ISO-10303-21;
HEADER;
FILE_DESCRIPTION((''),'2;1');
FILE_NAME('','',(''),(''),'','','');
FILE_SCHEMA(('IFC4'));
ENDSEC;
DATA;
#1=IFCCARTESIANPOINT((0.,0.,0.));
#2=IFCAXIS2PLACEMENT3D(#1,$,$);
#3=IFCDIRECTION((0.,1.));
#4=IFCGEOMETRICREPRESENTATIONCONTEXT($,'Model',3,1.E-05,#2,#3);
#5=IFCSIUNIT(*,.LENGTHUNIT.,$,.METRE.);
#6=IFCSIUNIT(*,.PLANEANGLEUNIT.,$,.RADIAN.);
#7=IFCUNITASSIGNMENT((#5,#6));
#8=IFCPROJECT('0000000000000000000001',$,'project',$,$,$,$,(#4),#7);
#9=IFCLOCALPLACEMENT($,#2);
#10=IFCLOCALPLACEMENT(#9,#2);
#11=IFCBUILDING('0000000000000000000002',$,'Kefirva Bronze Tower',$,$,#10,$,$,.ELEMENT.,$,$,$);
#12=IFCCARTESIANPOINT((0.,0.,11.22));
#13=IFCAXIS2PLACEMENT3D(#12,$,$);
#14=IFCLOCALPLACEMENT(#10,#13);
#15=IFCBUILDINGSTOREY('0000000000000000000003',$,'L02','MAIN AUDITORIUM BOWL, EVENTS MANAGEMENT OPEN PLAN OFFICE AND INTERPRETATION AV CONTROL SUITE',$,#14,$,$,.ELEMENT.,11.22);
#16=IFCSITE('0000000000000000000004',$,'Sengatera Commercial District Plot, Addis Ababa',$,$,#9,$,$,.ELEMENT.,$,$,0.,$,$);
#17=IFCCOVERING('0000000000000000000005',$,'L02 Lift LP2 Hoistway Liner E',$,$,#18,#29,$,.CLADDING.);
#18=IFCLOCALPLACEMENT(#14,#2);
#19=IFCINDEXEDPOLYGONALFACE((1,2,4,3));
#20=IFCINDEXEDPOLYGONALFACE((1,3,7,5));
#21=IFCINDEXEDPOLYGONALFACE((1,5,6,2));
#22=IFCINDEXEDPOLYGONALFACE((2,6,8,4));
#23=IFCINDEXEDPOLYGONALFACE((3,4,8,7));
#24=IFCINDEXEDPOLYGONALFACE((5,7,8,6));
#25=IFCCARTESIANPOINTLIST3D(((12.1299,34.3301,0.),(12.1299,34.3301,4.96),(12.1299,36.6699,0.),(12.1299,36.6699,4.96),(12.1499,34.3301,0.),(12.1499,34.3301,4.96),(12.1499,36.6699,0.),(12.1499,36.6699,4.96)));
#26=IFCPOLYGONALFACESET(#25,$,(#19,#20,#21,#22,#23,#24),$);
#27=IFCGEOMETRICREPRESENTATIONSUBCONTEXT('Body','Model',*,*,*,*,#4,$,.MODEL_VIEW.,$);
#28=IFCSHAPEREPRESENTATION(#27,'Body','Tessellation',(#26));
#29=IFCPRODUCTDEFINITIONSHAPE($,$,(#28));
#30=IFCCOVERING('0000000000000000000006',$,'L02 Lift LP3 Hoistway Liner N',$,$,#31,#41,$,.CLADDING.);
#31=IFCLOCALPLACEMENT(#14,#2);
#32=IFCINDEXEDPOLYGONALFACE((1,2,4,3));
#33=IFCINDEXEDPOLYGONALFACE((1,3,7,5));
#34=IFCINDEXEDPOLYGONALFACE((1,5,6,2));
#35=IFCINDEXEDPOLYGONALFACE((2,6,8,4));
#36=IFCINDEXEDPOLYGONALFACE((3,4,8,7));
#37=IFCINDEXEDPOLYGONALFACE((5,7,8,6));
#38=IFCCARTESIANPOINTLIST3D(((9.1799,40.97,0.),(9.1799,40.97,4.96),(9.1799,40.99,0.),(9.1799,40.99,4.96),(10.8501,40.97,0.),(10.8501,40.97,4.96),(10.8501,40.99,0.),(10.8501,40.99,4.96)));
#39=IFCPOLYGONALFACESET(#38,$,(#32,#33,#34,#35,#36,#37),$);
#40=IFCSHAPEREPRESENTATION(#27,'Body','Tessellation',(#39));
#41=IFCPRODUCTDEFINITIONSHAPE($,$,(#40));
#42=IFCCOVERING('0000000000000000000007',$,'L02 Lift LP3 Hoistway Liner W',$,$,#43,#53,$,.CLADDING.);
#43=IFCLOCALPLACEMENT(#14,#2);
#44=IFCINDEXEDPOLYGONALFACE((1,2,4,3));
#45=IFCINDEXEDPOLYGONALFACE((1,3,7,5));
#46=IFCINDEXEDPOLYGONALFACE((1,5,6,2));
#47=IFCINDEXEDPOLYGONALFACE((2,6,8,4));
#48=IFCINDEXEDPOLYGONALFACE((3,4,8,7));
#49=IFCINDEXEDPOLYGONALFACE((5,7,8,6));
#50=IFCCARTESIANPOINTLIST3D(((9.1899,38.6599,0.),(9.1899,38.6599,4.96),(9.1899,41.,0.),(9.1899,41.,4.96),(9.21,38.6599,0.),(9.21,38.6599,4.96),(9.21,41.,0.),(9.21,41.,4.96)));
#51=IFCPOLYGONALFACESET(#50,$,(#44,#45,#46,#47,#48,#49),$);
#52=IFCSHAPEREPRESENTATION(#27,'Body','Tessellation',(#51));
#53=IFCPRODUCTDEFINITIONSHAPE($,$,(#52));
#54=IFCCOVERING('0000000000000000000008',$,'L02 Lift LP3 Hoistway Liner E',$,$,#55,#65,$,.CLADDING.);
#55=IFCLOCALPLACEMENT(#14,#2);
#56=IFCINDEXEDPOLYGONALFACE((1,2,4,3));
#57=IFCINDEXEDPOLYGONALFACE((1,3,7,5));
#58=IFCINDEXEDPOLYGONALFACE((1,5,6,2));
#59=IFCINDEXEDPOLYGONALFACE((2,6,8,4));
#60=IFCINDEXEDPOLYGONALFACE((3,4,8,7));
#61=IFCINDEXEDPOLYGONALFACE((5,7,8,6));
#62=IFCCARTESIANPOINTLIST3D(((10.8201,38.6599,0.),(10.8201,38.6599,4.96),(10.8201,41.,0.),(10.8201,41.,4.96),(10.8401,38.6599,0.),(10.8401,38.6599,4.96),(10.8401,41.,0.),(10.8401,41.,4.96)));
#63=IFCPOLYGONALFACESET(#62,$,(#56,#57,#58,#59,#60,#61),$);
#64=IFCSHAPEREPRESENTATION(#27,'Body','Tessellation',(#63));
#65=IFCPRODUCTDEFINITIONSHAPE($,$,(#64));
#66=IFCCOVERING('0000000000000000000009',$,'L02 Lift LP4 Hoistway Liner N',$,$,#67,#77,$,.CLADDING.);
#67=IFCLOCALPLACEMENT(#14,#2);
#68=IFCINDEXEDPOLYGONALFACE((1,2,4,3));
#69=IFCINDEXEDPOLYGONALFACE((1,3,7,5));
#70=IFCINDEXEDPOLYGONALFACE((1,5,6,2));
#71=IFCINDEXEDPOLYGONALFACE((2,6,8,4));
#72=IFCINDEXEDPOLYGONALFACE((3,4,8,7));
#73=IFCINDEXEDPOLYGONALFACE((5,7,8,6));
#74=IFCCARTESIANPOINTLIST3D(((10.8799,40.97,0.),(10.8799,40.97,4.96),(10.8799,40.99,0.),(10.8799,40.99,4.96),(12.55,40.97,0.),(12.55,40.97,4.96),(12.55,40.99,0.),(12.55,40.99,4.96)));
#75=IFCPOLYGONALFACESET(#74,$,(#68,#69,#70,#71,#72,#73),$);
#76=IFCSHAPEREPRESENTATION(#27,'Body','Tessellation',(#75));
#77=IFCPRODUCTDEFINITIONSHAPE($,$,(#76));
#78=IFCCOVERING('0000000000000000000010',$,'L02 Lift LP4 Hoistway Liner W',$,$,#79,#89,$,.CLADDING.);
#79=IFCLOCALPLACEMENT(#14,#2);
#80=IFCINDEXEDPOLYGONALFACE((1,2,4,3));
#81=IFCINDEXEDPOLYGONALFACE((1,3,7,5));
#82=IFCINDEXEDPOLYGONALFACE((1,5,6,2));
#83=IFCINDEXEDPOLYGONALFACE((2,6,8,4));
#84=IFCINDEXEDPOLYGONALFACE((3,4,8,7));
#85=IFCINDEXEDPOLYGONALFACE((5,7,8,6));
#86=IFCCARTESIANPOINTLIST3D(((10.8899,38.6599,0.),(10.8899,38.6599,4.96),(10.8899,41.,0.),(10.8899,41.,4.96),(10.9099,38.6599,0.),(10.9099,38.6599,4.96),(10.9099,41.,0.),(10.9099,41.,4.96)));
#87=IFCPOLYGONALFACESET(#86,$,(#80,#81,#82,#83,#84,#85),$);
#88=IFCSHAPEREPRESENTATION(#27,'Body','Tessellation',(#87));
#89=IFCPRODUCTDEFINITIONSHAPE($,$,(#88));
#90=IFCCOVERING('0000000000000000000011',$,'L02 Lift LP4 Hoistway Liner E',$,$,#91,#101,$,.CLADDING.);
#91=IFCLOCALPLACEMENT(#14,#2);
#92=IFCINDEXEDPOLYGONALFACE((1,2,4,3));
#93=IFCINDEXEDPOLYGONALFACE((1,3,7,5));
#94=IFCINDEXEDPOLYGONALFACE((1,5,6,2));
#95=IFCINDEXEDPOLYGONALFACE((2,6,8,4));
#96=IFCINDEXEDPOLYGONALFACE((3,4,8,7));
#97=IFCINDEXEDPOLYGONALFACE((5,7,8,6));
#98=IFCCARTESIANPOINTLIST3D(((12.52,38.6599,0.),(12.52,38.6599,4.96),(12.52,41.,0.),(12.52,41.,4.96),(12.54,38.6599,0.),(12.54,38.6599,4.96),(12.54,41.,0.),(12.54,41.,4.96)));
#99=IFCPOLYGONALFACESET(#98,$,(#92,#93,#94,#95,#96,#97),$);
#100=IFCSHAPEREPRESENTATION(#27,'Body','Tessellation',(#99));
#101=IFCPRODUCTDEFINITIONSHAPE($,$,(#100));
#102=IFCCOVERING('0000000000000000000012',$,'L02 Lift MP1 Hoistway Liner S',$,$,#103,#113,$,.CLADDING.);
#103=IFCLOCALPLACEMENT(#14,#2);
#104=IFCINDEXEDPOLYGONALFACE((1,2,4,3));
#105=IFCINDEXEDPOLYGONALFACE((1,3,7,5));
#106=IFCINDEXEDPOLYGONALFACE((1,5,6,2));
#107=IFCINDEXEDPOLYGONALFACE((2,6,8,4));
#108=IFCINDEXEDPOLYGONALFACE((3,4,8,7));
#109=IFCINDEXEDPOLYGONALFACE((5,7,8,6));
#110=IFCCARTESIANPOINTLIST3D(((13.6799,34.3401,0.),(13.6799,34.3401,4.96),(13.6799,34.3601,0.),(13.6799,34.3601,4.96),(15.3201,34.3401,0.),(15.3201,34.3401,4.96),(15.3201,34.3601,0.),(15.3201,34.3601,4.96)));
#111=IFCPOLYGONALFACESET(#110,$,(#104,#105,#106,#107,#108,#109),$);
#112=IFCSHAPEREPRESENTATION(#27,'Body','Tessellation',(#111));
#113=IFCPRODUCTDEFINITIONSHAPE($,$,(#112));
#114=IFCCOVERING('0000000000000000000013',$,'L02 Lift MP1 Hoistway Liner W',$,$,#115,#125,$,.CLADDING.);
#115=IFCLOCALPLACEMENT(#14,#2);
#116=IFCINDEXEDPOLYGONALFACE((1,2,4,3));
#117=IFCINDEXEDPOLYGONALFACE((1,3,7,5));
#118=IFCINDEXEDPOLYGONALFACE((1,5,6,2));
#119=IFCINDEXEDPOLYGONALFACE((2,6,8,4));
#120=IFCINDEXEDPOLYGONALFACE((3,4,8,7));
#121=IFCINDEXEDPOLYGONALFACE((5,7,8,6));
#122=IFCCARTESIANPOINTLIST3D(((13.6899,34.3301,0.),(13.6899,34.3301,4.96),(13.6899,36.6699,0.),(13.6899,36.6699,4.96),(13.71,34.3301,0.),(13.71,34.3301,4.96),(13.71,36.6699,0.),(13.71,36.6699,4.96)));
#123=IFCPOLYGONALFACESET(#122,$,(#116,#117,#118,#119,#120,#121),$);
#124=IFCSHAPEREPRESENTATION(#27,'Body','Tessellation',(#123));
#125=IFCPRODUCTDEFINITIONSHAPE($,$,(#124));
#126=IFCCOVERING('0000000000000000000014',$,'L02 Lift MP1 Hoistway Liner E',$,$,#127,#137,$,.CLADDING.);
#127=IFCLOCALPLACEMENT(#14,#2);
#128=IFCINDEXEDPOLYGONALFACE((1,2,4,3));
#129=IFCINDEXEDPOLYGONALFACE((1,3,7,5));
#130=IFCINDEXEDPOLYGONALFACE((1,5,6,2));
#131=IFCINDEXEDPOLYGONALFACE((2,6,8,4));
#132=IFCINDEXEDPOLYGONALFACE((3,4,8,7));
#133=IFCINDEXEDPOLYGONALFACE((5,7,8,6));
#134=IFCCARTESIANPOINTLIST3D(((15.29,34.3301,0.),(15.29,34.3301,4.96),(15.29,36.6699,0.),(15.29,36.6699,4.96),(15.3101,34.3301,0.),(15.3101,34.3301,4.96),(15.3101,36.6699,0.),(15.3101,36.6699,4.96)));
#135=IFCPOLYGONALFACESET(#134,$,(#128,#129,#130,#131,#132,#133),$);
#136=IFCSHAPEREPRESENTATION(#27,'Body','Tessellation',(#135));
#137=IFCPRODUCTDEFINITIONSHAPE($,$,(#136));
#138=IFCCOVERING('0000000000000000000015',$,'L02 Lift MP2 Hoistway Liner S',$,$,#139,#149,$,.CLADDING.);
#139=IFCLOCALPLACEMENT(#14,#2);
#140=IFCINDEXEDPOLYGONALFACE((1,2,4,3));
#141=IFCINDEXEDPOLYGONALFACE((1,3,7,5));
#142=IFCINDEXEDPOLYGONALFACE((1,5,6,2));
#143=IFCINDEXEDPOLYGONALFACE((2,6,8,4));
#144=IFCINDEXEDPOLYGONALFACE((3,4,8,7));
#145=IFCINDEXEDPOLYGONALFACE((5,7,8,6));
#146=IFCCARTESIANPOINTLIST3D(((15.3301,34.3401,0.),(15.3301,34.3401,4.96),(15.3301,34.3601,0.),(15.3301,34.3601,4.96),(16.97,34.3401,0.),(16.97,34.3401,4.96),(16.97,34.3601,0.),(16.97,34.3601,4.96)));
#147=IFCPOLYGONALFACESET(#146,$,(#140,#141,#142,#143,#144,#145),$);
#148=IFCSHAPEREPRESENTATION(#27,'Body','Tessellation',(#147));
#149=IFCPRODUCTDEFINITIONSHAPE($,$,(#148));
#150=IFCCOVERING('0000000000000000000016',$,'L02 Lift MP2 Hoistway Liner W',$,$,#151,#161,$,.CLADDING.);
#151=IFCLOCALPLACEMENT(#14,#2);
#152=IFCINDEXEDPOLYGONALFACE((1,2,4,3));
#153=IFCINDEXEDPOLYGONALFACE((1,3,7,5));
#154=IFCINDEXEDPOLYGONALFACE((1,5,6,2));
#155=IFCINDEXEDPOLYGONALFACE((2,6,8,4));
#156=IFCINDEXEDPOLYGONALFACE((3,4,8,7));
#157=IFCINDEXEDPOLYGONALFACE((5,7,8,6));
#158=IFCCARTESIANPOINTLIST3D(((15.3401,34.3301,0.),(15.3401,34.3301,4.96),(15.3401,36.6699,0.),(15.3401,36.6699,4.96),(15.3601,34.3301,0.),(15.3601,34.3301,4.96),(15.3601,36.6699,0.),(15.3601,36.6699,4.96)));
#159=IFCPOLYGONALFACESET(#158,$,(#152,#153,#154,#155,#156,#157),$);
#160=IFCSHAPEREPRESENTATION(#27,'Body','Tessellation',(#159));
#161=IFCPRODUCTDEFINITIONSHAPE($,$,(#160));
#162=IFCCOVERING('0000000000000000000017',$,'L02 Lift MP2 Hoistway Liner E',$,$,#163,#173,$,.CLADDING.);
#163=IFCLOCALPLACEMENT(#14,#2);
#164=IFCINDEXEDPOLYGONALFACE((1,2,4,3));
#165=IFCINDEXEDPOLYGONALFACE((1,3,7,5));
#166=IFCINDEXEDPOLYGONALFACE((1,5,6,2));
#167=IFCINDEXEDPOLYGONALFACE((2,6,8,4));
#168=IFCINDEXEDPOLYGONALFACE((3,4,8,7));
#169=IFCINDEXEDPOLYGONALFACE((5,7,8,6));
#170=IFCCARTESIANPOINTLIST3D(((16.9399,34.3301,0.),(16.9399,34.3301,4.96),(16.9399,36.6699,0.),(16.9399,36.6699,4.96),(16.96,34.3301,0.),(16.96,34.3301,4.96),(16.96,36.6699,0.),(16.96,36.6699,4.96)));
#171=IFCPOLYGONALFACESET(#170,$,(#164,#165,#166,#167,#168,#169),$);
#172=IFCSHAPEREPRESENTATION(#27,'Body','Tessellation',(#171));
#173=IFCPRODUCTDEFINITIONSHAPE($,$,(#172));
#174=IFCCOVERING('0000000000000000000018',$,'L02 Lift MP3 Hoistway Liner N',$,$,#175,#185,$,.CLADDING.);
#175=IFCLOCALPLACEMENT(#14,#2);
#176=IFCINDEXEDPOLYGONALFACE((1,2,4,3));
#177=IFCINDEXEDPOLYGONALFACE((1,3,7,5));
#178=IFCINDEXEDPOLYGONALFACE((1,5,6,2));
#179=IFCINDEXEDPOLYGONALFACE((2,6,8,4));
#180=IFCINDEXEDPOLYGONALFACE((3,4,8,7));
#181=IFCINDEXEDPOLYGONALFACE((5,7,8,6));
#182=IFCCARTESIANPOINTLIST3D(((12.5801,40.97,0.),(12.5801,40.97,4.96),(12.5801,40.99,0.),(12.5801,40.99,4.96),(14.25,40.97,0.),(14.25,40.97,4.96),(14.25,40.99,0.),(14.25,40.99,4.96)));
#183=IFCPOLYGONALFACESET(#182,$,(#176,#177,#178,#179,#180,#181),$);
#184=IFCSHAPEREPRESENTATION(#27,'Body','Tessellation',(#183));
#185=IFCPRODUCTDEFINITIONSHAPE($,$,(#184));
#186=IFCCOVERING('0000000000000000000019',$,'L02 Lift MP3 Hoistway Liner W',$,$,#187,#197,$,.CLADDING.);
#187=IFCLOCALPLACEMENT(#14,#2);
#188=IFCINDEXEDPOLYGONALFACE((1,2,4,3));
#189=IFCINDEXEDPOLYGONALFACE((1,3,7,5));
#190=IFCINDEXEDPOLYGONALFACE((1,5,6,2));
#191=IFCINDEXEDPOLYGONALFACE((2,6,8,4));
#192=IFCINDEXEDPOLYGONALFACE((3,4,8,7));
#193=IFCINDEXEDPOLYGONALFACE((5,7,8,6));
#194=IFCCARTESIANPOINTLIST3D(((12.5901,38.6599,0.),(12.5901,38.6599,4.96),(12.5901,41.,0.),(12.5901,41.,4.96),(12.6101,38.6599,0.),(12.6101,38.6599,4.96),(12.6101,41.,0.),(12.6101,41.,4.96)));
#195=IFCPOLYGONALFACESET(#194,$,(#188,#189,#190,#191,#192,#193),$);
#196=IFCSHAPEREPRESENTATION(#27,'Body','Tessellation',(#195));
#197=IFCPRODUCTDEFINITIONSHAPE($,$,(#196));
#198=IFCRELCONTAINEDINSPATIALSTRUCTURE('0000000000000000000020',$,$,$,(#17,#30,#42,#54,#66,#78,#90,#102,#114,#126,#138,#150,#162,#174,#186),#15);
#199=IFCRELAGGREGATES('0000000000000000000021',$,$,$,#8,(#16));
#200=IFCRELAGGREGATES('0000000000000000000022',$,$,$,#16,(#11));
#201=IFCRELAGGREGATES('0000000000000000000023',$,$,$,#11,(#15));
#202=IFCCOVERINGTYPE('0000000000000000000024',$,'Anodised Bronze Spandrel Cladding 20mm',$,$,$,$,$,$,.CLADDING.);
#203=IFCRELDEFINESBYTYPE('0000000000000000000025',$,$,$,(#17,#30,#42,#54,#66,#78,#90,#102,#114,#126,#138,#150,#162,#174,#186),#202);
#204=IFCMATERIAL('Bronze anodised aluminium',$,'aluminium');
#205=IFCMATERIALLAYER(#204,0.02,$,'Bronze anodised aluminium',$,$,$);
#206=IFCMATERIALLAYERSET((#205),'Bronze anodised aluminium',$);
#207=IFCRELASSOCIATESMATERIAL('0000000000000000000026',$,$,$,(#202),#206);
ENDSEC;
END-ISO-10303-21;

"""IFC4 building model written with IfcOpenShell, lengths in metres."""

from ifc_helpers import new_model, si_unit, direction, frame, origin, place, context, subcontext, project, spatial, polyline, outline, extrude, material, layer, layer_set, type_object, element, save


model = new_model("IFC4")

# Units and contexts
model_context = context("Model", 3, precision=1e-05, world=origin(), true_north=direction((0.0, 1.0)))
body_context = subcontext(model_context, "Body", "Model", "MODEL_VIEW")
ifc_project = project(units=[si_unit("LENGTHUNIT", "METRE"), si_unit("PLANEANGLEUNIT", "RADIAN")], contexts=[model_context])

# Site, building, storey
site_placement = place(None, origin())
site = spatial("IfcSite", under=ifc_project, at=site_placement, Name="Sengatera Commercial District Plot, Addis Ababa", CompositionType="ELEMENT", RefElevation=0.0)
building_placement = place(site_placement, origin())
building = spatial("IfcBuilding", under=site, at=building_placement, Name="Kefirva Bronze Tower", CompositionType="ELEMENT")
storey_placement = place(building_placement, frame((0.0, 0.0, 11.22)))
storey = spatial("IfcBuildingStorey", under=building, at=storey_placement, Name="L02", Description="MAIN AUDITORIUM BOWL, EVENTS MANAGEMENT OPEN PLAN OFFICE AND INTERPRETATION AV CONTROL SUITE", CompositionType="ELEMENT", Elevation=11.22)

# Shared definitions
ifc_material_1 = material(Name="Bronze anodised aluminium", Category="aluminium")

# Coverings
ifc_layer_1 = layer(ifc_material_1, 0.02, Name="Bronze anodised aluminium")
ifc_layer_set_1 = layer_set([ifc_layer_1], Name="Bronze anodised aluminium")
covering_type_1 = type_object("IfcCoveringType", Name="Anodised Bronze Spandrel Cladding 20mm", PredefinedType="CLADDING", material=ifc_layer_set_1)
covering_1_placement = place(storey_placement, origin())
element("IfcCovering", 1, at=covering_1_placement, inside=storey, type_object=covering_type_1, Name="L02 Lift LP2 Hoistway Liner E", PredefinedType="CLADDING", context=body_context, shape_type="SweptSolid", body=[
    extrude(outline(polyline([(12.1299, 34.3301), (12.1499, 34.3301), (12.1499, 36.6699), (12.1299, 36.6699), (12.1299, 34.3301)])), origin(), (0.0, 0.0, 1.0), 4.96),
])
covering_2_placement = place(storey_placement, origin())
element("IfcCovering", 2, at=covering_2_placement, inside=storey, type_object=covering_type_1, Name="L02 Lift LP3 Hoistway Liner N", PredefinedType="CLADDING", context=body_context, shape_type="SweptSolid", body=[
    extrude(outline(polyline([(9.1799, 40.97), (10.8501, 40.97), (10.8501, 40.99), (9.1799, 40.99), (9.1799, 40.97)])), origin(), (0.0, 0.0, 1.0), 4.96),
])
covering_3_placement = place(storey_placement, origin())
element("IfcCovering", 3, at=covering_3_placement, inside=storey, type_object=covering_type_1, Name="L02 Lift LP3 Hoistway Liner W", PredefinedType="CLADDING", context=body_context, shape_type="SweptSolid", body=[
    extrude(outline(polyline([(9.1899, 38.6599), (9.21, 38.6599), (9.21, 41.0), (9.1899, 41.0), (9.1899, 38.6599)])), origin(), (0.0, 0.0, 1.0), 4.96),
])
covering_4_placement = place(storey_placement, origin())
element("IfcCovering", 4, at=covering_4_placement, inside=storey, type_object=covering_type_1, Name="L02 Lift LP3 Hoistway Liner E", PredefinedType="CLADDING", context=body_context, shape_type="SweptSolid", body=[
    extrude(outline(polyline([(10.8201, 38.6599), (10.8401, 38.6599), (10.8401, 41.0), (10.8201, 41.0), (10.8201, 38.6599)])), origin(), (0.0, 0.0, 1.0), 4.96),
])
covering_5_placement = place(storey_placement, origin())
element("IfcCovering", 5, at=covering_5_placement, inside=storey, type_object=covering_type_1, Name="L02 Lift LP4 Hoistway Liner N", PredefinedType="CLADDING", context=body_context, shape_type="SweptSolid", body=[
    extrude(outline(polyline([(10.8799, 40.97), (12.55, 40.97), (12.55, 40.99), (10.8799, 40.99), (10.8799, 40.97)])), origin(), (0.0, 0.0, 1.0), 4.96),
])
covering_6_placement = place(storey_placement, origin())
element("IfcCovering", 6, at=covering_6_placement, inside=storey, type_object=covering_type_1, Name="L02 Lift LP4 Hoistway Liner W", PredefinedType="CLADDING", context=body_context, shape_type="SweptSolid", body=[
    extrude(outline(polyline([(10.8899, 38.6599), (10.9099, 38.6599), (10.9099, 41.0), (10.8899, 41.0), (10.8899, 38.6599)])), origin(), (0.0, 0.0, 1.0), 4.96),
])
covering_7_placement = place(storey_placement, origin())
element("IfcCovering", 7, at=covering_7_placement, inside=storey, type_object=covering_type_1, Name="L02 Lift LP4 Hoistway Liner E", PredefinedType="CLADDING", context=body_context, shape_type="SweptSolid", body=[
    extrude(outline(polyline([(12.52, 38.6599), (12.54, 38.6599), (12.54, 41.0), (12.52, 41.0), (12.52, 38.6599)])), origin(), (0.0, 0.0, 1.0), 4.96),
])
covering_8_placement = place(storey_placement, origin())
element("IfcCovering", 8, at=covering_8_placement, inside=storey, type_object=covering_type_1, Name="L02 Lift MP1 Hoistway Liner S", PredefinedType="CLADDING", context=body_context, shape_type="SweptSolid", body=[
    extrude(outline(polyline([(13.6799, 34.3401), (15.3201, 34.3401), (15.3201, 34.3601), (13.6799, 34.3601), (13.6799, 34.3401)])), origin(), (0.0, 0.0, 1.0), 4.96),
])
covering_9_placement = place(storey_placement, origin())
element("IfcCovering", 9, at=covering_9_placement, inside=storey, type_object=covering_type_1, Name="L02 Lift MP1 Hoistway Liner W", PredefinedType="CLADDING", context=body_context, shape_type="SweptSolid", body=[
    extrude(outline(polyline([(13.6899, 34.3301), (13.71, 34.3301), (13.71, 36.6699), (13.6899, 36.6699), (13.6899, 34.3301)])), origin(), (0.0, 0.0, 1.0), 4.96),
])
covering_10_placement = place(storey_placement, origin())
element("IfcCovering", 10, at=covering_10_placement, inside=storey, type_object=covering_type_1, Name="L02 Lift MP1 Hoistway Liner E", PredefinedType="CLADDING", context=body_context, shape_type="SweptSolid", body=[
    extrude(outline(polyline([(15.29, 34.3301), (15.3101, 34.3301), (15.3101, 36.6699), (15.29, 36.6699), (15.29, 34.3301)])), origin(), (0.0, 0.0, 1.0), 4.96),
])
covering_11_placement = place(storey_placement, origin())
element("IfcCovering", 11, at=covering_11_placement, inside=storey, type_object=covering_type_1, Name="L02 Lift MP2 Hoistway Liner S", PredefinedType="CLADDING", context=body_context, shape_type="SweptSolid", body=[
    extrude(outline(polyline([(15.3301, 34.3401), (16.97, 34.3401), (16.97, 34.3601), (15.3301, 34.3601), (15.3301, 34.3401)])), origin(), (0.0, 0.0, 1.0), 4.96),
])
covering_12_placement = place(storey_placement, origin())
element("IfcCovering", 12, at=covering_12_placement, inside=storey, type_object=covering_type_1, Name="L02 Lift MP2 Hoistway Liner W", PredefinedType="CLADDING", context=body_context, shape_type="SweptSolid", body=[
    extrude(outline(polyline([(15.3401, 34.3301), (15.3601, 34.3301), (15.3601, 36.6699), (15.3401, 36.6699), (15.3401, 34.3301)])), origin(), (0.0, 0.0, 1.0), 4.96),
])
covering_13_placement = place(storey_placement, origin())
element("IfcCovering", 13, at=covering_13_placement, inside=storey, type_object=covering_type_1, Name="L02 Lift MP2 Hoistway Liner E", PredefinedType="CLADDING", context=body_context, shape_type="SweptSolid", body=[
    extrude(outline(polyline([(16.9399, 34.3301), (16.96, 34.3301), (16.96, 36.6699), (16.9399, 36.6699), (16.9399, 34.3301)])), origin(), (0.0, 0.0, 1.0), 4.96),
])
covering_14_placement = place(storey_placement, origin())
element("IfcCovering", 14, at=covering_14_placement, inside=storey, type_object=covering_type_1, Name="L02 Lift MP3 Hoistway Liner N", PredefinedType="CLADDING", context=body_context, shape_type="SweptSolid", body=[
    extrude(outline(polyline([(12.5801, 40.97), (14.25, 40.97), (14.25, 40.99), (12.5801, 40.99), (12.5801, 40.97)])), origin(), (0.0, 0.0, 1.0), 4.96),
])
covering_15_placement = place(storey_placement, origin())
element("IfcCovering", 15, at=covering_15_placement, inside=storey, type_object=covering_type_1, Name="L02 Lift MP3 Hoistway Liner W", PredefinedType="CLADDING", context=body_context, shape_type="SweptSolid", body=[
    extrude(outline(polyline([(12.5901, 38.6599), (12.6101, 38.6599), (12.6101, 41.0), (12.5901, 41.0), (12.5901, 38.6599)])), origin(), (0.0, 0.0, 1.0), 4.96),
])

save(model, "model.ifc")
